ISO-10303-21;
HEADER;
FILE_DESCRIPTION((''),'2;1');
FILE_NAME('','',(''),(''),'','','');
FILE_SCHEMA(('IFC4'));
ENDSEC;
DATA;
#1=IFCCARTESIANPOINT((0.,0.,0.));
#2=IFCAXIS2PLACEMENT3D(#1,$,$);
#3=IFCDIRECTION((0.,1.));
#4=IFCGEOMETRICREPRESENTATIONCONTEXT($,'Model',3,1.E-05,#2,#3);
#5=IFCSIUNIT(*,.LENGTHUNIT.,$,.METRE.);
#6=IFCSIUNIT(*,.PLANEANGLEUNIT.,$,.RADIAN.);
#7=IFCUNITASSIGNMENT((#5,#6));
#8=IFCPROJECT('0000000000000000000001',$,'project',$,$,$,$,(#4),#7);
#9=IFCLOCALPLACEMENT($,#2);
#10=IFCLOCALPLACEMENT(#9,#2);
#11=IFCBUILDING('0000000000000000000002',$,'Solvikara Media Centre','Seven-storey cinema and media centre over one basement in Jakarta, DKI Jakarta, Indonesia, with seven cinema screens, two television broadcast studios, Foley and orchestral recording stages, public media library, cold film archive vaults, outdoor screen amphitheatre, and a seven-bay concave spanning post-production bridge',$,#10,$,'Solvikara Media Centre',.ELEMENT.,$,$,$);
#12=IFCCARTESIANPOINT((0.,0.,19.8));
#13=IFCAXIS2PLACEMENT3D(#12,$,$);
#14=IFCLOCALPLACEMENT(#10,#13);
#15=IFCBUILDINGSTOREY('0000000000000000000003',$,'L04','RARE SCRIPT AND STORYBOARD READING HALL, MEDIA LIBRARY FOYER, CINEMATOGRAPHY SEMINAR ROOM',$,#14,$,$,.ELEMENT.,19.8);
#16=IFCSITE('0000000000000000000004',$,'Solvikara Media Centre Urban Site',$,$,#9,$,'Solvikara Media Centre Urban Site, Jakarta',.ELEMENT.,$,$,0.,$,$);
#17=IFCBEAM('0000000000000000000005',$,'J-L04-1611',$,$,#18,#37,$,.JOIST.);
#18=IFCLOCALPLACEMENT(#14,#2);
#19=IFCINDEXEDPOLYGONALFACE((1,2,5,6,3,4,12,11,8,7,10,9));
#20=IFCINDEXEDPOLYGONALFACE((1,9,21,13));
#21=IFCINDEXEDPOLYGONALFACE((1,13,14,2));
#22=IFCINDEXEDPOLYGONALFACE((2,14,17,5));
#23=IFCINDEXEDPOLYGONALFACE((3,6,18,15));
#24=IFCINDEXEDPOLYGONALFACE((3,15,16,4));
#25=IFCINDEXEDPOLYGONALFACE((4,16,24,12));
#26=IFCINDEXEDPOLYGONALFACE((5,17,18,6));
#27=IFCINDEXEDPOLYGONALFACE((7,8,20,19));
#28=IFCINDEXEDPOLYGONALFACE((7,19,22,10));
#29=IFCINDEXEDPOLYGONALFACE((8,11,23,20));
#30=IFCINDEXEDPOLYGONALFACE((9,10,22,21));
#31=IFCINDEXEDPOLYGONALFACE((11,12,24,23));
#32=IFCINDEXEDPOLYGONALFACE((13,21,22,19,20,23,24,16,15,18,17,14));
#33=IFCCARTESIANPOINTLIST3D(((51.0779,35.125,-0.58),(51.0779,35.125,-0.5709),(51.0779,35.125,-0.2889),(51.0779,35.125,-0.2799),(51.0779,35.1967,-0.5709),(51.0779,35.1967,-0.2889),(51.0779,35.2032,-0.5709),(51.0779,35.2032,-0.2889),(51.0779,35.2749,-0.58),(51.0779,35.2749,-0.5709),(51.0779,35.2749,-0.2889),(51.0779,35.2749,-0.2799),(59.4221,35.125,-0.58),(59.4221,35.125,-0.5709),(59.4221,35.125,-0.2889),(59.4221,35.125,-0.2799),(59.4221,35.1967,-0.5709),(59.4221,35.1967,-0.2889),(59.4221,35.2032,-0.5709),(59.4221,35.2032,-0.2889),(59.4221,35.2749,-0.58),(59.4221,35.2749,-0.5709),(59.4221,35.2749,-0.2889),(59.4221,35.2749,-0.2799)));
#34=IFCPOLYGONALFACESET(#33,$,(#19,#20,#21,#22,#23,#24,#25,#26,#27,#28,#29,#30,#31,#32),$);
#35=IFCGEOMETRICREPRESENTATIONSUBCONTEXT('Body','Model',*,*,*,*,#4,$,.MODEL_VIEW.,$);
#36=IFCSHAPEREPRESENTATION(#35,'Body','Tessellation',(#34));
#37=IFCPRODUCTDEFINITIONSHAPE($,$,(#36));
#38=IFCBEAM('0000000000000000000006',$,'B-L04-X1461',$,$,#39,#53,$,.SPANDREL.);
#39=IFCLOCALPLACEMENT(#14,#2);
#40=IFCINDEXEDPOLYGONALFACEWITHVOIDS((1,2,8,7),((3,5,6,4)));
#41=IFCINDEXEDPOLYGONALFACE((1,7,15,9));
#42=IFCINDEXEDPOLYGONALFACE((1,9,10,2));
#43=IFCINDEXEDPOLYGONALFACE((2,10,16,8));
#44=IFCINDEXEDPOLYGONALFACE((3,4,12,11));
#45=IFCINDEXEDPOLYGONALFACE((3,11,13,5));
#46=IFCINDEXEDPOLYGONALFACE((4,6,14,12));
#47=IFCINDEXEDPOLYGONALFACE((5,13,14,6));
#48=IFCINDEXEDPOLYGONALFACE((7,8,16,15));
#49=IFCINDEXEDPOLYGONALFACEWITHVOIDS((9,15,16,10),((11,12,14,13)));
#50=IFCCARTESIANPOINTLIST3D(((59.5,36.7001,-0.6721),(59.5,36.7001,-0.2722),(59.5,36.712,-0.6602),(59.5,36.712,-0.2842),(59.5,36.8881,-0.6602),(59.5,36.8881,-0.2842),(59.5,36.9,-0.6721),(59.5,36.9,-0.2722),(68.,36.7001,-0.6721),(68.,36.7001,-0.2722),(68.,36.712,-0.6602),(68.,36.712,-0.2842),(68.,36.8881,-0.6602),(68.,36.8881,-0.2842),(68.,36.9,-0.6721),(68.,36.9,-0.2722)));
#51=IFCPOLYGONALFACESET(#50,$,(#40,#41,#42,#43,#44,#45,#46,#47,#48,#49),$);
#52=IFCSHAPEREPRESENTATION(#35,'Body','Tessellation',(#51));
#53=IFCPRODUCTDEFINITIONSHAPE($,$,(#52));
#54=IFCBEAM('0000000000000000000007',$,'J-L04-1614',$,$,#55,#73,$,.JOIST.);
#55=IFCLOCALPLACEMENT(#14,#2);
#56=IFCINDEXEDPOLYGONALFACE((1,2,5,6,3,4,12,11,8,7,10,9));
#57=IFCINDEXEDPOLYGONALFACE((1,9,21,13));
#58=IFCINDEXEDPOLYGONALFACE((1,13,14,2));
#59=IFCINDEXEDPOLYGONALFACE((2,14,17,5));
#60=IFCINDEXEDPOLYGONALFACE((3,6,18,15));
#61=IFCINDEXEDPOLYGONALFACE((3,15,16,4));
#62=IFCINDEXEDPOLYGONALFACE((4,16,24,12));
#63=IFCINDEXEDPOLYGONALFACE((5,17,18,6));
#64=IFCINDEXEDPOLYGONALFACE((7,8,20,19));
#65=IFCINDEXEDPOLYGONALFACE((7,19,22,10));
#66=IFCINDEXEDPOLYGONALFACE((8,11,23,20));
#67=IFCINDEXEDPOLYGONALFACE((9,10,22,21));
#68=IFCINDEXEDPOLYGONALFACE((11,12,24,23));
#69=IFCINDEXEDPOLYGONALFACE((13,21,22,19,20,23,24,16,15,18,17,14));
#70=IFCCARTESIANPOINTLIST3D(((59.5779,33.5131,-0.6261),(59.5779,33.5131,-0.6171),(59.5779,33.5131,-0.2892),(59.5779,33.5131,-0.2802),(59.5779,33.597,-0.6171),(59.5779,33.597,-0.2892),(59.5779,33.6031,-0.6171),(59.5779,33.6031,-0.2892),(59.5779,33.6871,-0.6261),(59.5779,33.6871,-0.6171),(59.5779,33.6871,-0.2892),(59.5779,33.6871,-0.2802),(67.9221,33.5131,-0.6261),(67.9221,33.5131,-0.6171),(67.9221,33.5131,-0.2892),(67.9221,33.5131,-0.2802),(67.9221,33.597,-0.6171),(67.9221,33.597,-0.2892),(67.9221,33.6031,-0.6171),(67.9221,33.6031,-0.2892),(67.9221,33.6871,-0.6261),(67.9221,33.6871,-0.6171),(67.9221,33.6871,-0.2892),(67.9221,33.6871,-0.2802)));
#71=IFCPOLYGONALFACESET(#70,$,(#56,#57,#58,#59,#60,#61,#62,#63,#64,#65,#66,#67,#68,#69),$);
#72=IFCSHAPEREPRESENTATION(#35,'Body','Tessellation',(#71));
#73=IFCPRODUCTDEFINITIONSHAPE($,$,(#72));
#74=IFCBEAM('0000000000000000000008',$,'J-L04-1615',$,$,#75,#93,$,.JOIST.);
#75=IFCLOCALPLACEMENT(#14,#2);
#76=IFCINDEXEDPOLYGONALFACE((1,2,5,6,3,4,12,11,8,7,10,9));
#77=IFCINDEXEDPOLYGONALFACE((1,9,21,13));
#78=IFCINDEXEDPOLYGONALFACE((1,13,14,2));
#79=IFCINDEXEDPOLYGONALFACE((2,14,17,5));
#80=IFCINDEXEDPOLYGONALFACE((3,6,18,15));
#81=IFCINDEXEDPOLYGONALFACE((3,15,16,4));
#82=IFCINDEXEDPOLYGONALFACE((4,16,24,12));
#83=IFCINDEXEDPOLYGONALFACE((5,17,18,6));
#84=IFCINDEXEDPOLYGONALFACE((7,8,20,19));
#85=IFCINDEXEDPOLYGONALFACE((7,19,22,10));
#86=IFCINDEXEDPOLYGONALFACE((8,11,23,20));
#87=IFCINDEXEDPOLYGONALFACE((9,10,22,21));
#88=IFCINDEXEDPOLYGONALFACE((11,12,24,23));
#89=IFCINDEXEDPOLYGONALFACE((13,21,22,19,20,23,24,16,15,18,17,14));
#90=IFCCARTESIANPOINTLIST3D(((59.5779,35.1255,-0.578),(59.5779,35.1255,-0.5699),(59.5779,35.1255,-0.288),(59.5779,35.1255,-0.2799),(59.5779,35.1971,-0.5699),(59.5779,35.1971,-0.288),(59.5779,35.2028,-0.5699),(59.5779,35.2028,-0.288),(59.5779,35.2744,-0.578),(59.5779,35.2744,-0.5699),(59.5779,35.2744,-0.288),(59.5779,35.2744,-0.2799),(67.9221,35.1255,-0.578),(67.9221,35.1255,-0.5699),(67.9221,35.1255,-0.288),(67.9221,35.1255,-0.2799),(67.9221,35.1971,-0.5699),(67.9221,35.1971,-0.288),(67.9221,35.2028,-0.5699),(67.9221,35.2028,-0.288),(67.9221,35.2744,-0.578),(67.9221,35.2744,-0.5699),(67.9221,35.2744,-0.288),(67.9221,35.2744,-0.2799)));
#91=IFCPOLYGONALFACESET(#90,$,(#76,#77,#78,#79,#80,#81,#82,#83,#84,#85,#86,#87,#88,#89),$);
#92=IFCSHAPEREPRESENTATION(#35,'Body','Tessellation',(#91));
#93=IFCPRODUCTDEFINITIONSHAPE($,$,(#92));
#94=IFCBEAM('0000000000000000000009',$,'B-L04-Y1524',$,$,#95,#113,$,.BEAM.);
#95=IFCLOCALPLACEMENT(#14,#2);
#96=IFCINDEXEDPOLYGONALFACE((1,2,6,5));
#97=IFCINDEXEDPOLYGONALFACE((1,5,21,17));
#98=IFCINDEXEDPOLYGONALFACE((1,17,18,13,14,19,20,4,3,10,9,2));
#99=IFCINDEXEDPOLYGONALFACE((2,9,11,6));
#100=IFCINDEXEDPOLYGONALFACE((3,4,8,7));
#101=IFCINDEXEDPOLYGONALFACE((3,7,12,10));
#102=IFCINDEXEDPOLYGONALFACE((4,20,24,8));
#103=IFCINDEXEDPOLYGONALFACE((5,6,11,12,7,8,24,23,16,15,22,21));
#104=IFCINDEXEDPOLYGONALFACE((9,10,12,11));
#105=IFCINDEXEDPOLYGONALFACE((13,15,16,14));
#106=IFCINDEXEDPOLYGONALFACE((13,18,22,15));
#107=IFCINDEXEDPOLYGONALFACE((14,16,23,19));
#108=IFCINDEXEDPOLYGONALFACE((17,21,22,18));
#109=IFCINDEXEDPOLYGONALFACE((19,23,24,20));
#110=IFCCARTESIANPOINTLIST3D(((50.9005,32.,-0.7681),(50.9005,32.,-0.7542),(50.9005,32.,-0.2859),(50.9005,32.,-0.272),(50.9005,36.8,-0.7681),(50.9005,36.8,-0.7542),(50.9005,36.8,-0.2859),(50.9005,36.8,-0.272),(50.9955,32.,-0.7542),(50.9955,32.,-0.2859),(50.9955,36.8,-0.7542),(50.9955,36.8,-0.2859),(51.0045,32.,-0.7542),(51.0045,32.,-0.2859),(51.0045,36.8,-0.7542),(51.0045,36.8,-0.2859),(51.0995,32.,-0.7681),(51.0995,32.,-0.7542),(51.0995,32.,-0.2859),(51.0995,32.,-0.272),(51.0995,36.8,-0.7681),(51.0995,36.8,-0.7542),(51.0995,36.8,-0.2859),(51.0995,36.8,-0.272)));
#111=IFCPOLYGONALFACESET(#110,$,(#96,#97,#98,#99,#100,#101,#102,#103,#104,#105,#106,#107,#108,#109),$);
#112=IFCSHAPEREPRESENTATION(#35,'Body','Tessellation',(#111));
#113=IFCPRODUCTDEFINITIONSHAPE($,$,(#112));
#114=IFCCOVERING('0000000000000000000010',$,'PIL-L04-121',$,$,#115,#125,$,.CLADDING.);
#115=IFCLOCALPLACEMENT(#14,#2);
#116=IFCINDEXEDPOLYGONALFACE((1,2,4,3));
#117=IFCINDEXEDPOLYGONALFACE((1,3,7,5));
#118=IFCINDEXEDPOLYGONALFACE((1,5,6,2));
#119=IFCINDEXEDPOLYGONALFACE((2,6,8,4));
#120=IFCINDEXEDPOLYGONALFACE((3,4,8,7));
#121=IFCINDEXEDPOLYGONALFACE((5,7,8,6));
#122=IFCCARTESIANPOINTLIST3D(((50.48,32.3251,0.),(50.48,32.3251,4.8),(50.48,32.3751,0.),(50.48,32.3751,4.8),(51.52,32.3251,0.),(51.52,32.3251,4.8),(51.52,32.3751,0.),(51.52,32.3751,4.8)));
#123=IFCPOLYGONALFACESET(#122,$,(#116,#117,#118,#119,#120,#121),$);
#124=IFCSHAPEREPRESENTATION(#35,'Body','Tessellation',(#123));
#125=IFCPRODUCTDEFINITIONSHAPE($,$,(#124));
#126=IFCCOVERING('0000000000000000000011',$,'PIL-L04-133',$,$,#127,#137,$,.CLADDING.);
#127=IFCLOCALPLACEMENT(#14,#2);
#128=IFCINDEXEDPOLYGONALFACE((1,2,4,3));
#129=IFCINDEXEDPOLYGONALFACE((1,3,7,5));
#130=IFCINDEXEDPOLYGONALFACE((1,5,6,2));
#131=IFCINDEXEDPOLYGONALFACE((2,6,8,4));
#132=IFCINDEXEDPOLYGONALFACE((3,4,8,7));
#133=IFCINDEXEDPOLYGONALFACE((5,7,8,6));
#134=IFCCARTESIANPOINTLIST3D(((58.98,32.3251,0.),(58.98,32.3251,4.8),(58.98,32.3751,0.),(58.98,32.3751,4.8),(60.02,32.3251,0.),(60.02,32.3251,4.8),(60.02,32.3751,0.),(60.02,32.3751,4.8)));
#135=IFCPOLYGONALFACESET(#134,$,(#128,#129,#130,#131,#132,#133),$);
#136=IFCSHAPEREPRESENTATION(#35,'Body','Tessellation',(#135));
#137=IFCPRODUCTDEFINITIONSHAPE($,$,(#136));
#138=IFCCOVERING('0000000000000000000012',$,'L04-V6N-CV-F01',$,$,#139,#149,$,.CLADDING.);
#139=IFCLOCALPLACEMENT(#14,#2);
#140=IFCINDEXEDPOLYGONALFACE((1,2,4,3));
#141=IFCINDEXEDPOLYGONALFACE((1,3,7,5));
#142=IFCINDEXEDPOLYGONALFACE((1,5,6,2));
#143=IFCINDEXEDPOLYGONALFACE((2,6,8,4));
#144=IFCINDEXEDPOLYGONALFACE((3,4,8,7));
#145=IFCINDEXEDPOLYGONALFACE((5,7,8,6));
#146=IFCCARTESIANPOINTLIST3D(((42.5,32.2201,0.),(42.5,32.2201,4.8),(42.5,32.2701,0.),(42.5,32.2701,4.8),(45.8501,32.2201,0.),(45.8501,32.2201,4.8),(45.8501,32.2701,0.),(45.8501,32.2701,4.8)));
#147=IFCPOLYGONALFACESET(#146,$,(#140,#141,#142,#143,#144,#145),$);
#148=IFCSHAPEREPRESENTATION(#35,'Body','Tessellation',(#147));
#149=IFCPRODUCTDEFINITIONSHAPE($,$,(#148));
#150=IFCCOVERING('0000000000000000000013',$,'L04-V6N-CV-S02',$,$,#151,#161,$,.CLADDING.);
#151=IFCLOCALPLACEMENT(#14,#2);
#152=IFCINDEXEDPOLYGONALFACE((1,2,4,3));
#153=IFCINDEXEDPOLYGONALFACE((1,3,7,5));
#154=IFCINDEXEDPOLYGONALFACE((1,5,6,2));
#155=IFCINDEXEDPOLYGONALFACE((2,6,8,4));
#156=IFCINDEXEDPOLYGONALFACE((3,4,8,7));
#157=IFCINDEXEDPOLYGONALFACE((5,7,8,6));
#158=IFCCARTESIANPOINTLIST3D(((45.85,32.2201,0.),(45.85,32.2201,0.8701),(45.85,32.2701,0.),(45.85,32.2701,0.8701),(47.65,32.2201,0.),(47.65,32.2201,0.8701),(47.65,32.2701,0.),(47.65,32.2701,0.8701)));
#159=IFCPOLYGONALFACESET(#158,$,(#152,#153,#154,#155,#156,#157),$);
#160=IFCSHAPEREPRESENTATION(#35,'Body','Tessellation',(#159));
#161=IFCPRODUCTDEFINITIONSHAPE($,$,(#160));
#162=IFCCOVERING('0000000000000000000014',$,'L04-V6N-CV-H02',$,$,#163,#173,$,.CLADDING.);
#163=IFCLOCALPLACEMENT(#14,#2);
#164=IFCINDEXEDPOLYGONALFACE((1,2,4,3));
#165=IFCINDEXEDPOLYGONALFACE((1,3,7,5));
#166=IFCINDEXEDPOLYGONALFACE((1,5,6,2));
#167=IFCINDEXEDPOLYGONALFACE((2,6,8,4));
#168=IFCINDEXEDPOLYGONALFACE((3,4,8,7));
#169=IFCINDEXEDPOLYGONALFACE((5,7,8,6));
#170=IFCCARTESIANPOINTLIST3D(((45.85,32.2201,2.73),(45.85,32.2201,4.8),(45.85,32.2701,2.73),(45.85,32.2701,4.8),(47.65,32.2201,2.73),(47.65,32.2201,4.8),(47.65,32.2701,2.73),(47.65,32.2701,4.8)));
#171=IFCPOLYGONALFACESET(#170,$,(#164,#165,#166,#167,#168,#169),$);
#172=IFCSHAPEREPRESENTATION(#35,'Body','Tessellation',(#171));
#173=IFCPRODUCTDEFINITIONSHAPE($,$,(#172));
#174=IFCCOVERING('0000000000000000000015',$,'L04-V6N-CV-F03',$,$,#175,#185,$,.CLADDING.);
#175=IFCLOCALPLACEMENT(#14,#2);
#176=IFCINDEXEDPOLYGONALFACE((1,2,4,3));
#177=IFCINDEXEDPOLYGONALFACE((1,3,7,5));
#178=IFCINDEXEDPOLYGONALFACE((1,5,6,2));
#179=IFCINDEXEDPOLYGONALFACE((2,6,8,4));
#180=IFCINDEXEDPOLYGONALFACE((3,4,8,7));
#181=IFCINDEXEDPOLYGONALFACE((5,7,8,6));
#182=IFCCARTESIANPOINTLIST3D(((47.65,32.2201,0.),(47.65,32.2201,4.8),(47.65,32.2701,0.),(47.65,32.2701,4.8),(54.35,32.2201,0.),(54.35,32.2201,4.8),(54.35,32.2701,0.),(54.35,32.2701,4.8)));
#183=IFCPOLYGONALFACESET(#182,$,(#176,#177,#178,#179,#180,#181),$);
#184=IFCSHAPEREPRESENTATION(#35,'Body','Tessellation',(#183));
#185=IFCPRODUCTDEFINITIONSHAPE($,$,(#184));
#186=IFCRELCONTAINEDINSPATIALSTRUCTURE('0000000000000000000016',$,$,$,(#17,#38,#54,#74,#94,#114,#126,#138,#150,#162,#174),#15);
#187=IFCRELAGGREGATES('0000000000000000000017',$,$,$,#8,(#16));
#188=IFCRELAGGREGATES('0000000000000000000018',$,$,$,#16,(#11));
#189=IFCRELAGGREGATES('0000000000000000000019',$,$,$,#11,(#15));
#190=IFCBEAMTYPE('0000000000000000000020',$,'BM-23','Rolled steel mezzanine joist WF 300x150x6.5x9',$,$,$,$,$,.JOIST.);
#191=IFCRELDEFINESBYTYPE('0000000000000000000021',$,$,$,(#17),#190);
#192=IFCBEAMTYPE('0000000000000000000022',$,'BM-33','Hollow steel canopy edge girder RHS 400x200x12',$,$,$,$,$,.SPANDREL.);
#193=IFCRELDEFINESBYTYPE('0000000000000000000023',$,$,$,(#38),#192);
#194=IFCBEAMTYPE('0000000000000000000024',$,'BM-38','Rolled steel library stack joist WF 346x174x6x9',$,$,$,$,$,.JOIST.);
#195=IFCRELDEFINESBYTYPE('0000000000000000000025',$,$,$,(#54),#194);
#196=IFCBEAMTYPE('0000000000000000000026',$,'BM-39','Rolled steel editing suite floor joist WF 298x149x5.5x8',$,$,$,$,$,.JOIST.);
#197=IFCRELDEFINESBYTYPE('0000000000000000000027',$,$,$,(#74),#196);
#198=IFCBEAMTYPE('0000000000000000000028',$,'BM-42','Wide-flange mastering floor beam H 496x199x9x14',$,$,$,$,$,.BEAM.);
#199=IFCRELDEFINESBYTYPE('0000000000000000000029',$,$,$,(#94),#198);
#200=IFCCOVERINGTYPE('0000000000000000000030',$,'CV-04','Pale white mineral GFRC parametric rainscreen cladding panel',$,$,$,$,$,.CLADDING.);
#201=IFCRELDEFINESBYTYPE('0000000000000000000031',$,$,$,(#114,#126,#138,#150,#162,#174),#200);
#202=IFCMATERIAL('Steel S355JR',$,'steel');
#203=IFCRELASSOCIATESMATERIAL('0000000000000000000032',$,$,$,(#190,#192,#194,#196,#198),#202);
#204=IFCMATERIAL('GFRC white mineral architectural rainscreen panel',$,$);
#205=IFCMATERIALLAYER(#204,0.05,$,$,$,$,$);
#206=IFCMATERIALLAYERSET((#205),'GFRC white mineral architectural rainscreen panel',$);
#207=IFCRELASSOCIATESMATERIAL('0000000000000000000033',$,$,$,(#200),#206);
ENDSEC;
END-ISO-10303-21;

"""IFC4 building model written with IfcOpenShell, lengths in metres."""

from ifc_helpers import new_model, si_unit, direction, frame, origin, origin_2d, place, context, subcontext, project, spatial, rectangle, hollow_rectangle, i_section, extrude, material, layer, layer_set, material_profile, profile_set, type_object, element, save


model = new_model("IFC4")

# Units and contexts
model_context = context("Model", 3, precision=1e-05, world=origin(), true_north=direction((0.0, 1.0)))
body_context = subcontext(model_context, "Body", "Model", "MODEL_VIEW")
ifc_project = project(units=[si_unit("LENGTHUNIT", "METRE"), si_unit("PLANEANGLEUNIT", "RADIAN")], contexts=[model_context])

# Site, building, storey
site_placement = place(None, origin())
site = spatial("IfcSite", under=ifc_project, at=site_placement, Name="Solvikara Media Centre Urban Site", LongName="Solvikara Media Centre Urban Site, Jakarta", CompositionType="ELEMENT", RefElevation=0.0)
building_placement = place(site_placement, origin())
building = spatial("IfcBuilding", under=site, at=building_placement, Name="Solvikara Media Centre", Description="Seven-storey cinema and media centre over one basement in Jakarta, DKI Jakarta, Indonesia, with seven cinema screens, two television broadcast studios, Foley and orchestral recording stages, public media library, cold film archive vaults, outdoor screen amphitheatre, and a seven-bay concave spanning post-production bridge", LongName="Solvikara Media Centre", CompositionType="ELEMENT")
storey_placement = place(building_placement, frame((0.0, 0.0, 19.8)))
storey = spatial("IfcBuildingStorey", under=building, at=storey_placement, Name="L04", Description="RARE SCRIPT AND STORYBOARD READING HALL, MEDIA LIBRARY FOYER, CINEMATOGRAPHY SEMINAR ROOM", CompositionType="ELEMENT", Elevation=19.8)

# Beams
ifc_material_1 = material(Name="Steel S355JR", Category="steel")
ifc_material_profile_1 = material_profile(ifc_material_1, i_section(OverallWidth=0.1499, OverallDepth=0.3, WebThickness=0.0066, FlangeThickness=0.009, at=origin_2d()), Name="WF 300x150x6.5x9")
ifc_profile_set_1 = profile_set([ifc_material_profile_1], Name="Steel S355JR")
beam_type_1 = type_object("IfcBeamType", Name="BM-23", Description="Rolled steel mezzanine joist WF 300x150x6.5x9", PredefinedType="JOIST", material=ifc_profile_set_1)
beam_1_placement = place(storey_placement, frame((51.0779, 35.2, -0.4299), z_axis=(1.0, 0.0, 0.0), x_axis=(0.0, 1.0, 0.0)))
element("IfcBeam", 1, at=beam_1_placement, inside=storey, type_object=beam_type_1, Name="J-L04-1611", PredefinedType="JOIST", context=body_context, shape_type="SweptSolid", body=[
    extrude(i_section(OverallWidth=0.1499, OverallDepth=0.3, WebThickness=0.0066, FlangeThickness=0.009, at=origin_2d()), origin(), (0.0, 0.0, 1.0), 8.3442),
])
ifc_material_profile_2 = material_profile(ifc_material_1, hollow_rectangle(XDim=0.2, YDim=0.3999, WallThickness=0.012, at=origin_2d()), Name="RHS 400x200x12")
ifc_profile_set_2 = profile_set([ifc_material_profile_2], Name="Steel S355JR")
beam_type_2 = type_object("IfcBeamType", Name="BM-33", Description="Hollow steel canopy edge girder RHS 400x200x12", PredefinedType="SPANDREL", material=ifc_profile_set_2)
beam_2_placement = place(storey_placement, frame((59.5, 36.8, -0.4722), z_axis=(1.0, 0.0, 0.0), x_axis=(0.0, 1.0, 0.0)))
element("IfcBeam", 2, at=beam_2_placement, inside=storey, type_object=beam_type_2, Name="B-L04-X1461", PredefinedType="SPANDREL", context=body_context, shape_type="SweptSolid", body=[
    extrude(hollow_rectangle(XDim=0.2, YDim=0.3999, WallThickness=0.012, at=origin_2d()), origin(), (0.0, 0.0, 1.0), 8.5),
])
ifc_material_profile_3 = material_profile(ifc_material_1, i_section(OverallWidth=0.1741, OverallDepth=0.3459, WebThickness=0.0061, FlangeThickness=0.009, at=origin_2d()), Name="WF 346x174x6x9")
ifc_profile_set_3 = profile_set([ifc_material_profile_3], Name="Steel S355JR")
beam_type_3 = type_object("IfcBeamType", Name="BM-38", Description="Rolled steel library stack joist WF 346x174x6x9", PredefinedType="JOIST", material=ifc_profile_set_3)
beam_3_placement = place(storey_placement, frame((59.5779, 33.6001, -0.4531), z_axis=(1.0, 0.0, 0.0), x_axis=(0.0, 1.0, 0.0)))
element("IfcBeam", 3, at=beam_3_placement, inside=storey, type_object=beam_type_3, Name="J-L04-1614", PredefinedType="JOIST", context=body_context, shape_type="SweptSolid", body=[
    extrude(i_section(OverallWidth=0.1741, OverallDepth=0.3459, WebThickness=0.0061, FlangeThickness=0.009, at=origin_2d()), origin(), (0.0, 0.0, 1.0), 8.3442),
])
ifc_material_profile_4 = material_profile(ifc_material_1, i_section(OverallWidth=0.1489, OverallDepth=0.2981, WebThickness=0.0056, FlangeThickness=0.0081, at=origin_2d()), Name="WF 298x149x5.5x8")
ifc_profile_set_4 = profile_set([ifc_material_profile_4], Name="Steel S355JR")
beam_type_4 = type_object("IfcBeamType", Name="BM-39", Description="Rolled steel editing suite floor joist WF 298x149x5.5x8", PredefinedType="JOIST", material=ifc_profile_set_4)
beam_4_placement = place(storey_placement, frame((59.5779, 35.2, -0.429), z_axis=(1.0, 0.0, 0.0), x_axis=(0.0, 1.0, 0.0)))
element("IfcBeam", 4, at=beam_4_placement, inside=storey, type_object=beam_type_4, Name="J-L04-1615", PredefinedType="JOIST", context=body_context, shape_type="SweptSolid", body=[
    extrude(i_section(OverallWidth=0.1489, OverallDepth=0.2981, WebThickness=0.0056, FlangeThickness=0.0081, at=origin_2d()), origin(), (0.0, 0.0, 1.0), 8.3442),
])
ifc_material_profile_5 = material_profile(ifc_material_1, i_section(OverallWidth=0.199, OverallDepth=0.4961, WebThickness=0.009, FlangeThickness=0.0139, at=origin_2d()), Name="H 496x199x9x14")
ifc_profile_set_5 = profile_set([ifc_material_profile_5], Name="Steel S355JR")
beam_type_5 = type_object("IfcBeamType", Name="BM-42", Description="Wide-flange mastering floor beam H 496x199x9x14", PredefinedType="BEAM", material=ifc_profile_set_5)
beam_5_placement = place(storey_placement, frame((51.0, 32.0, -0.52), z_axis=(0.0, 1.0, 0.0), x_axis=(-1.0, 0.0, 0.0)))
element("IfcBeam", 5, at=beam_5_placement, inside=storey, type_object=beam_type_5, Name="B-L04-Y1524", PredefinedType="BEAM", context=body_context, shape_type="SweptSolid", body=[
    extrude(i_section(OverallWidth=0.199, OverallDepth=0.4961, WebThickness=0.009, FlangeThickness=0.0139, at=origin_2d()), origin(), (0.0, 0.0, 1.0), 4.8),
])

# Coverings
ifc_material_2 = material(Name="GFRC white mineral architectural rainscreen panel")
ifc_layer = layer(ifc_material_2, 0.05)
ifc_layer_set = layer_set([ifc_layer], Name="GFRC white mineral architectural rainscreen panel")
covering_type = type_object("IfcCoveringType", Name="CV-04", Description="Pale white mineral GFRC parametric rainscreen cladding panel", PredefinedType="CLADDING", material=ifc_layer_set)
for number, where, z_axis, x_axis, name in (
    (6, (51.0, 32.3501, 0.0), (0.0, 0.0, 1.0), (-1.0, 0.0, 0.0), "PIL-L04-121"),
    (7, (59.5, 32.3501, 0.0), (0.0, 0.0, 1.0), (-1.0, 0.0, 0.0), "PIL-L04-133"),
):
    element("IfcCovering", number, at=place(storey_placement, frame(where, z_axis=z_axis, x_axis=x_axis)), inside=storey, type_object=covering_type, Name=name, PredefinedType="CLADDING", context=body_context, shape_type="SweptSolid", body=[
        extrude(rectangle(XDim=1.04, YDim=0.05, at=origin_2d()), origin(), (0.0, 0.0, 1.0), 4.8),
    ])
covering_1_placement = place(storey_placement, frame((44.175, 32.2451, 0.0), z_axis=(0.0, 0.0, 1.0), x_axis=(1.0, 0.0, 0.0)))
element("IfcCovering", 8, at=covering_1_placement, inside=storey, type_object=covering_type, Name="L04-V6N-CV-F01", PredefinedType="CLADDING", context=body_context, shape_type="SweptSolid", body=[
    extrude(rectangle(XDim=3.3501, YDim=0.05, at=origin_2d()), origin(), (0.0, 0.0, 1.0), 4.8),
])
covering_2_placement = place(storey_placement, frame((46.75, 32.2451, 0.0), z_axis=(0.0, 0.0, 1.0), x_axis=(1.0, 0.0, 0.0)))
element("IfcCovering", 9, at=covering_2_placement, inside=storey, type_object=covering_type, Name="L04-V6N-CV-S02", PredefinedType="CLADDING", context=body_context, shape_type="SweptSolid", body=[
    extrude(rectangle(XDim=1.8, YDim=0.05, at=origin_2d()), origin(), (0.0, 0.0, 1.0), 0.8701),
])
covering_3_placement = place(storey_placement, frame((46.75, 32.2451, 2.73), z_axis=(0.0, 0.0, 1.0), x_axis=(1.0, 0.0, 0.0)))
element("IfcCovering", 10, at=covering_3_placement, inside=storey, type_object=covering_type, Name="L04-V6N-CV-H02", PredefinedType="CLADDING", context=body_context, shape_type="SweptSolid", body=[
    extrude(rectangle(XDim=1.8, YDim=0.05, at=origin_2d()), origin(), (0.0, 0.0, 1.0), 2.0701),
])
covering_4_placement = place(storey_placement, frame((51.0, 32.2451, 0.0), z_axis=(0.0, 0.0, 1.0), x_axis=(1.0, 0.0, 0.0)))
element("IfcCovering", 11, at=covering_4_placement, inside=storey, type_object=covering_type, Name="L04-V6N-CV-F03", PredefinedType="CLADDING", context=body_context, shape_type="SweptSolid", body=[
    extrude(rectangle(XDim=6.7, YDim=0.05, at=origin_2d()), origin(), (0.0, 0.0, 1.0), 4.8),
])

save(model, "model.ifc")
